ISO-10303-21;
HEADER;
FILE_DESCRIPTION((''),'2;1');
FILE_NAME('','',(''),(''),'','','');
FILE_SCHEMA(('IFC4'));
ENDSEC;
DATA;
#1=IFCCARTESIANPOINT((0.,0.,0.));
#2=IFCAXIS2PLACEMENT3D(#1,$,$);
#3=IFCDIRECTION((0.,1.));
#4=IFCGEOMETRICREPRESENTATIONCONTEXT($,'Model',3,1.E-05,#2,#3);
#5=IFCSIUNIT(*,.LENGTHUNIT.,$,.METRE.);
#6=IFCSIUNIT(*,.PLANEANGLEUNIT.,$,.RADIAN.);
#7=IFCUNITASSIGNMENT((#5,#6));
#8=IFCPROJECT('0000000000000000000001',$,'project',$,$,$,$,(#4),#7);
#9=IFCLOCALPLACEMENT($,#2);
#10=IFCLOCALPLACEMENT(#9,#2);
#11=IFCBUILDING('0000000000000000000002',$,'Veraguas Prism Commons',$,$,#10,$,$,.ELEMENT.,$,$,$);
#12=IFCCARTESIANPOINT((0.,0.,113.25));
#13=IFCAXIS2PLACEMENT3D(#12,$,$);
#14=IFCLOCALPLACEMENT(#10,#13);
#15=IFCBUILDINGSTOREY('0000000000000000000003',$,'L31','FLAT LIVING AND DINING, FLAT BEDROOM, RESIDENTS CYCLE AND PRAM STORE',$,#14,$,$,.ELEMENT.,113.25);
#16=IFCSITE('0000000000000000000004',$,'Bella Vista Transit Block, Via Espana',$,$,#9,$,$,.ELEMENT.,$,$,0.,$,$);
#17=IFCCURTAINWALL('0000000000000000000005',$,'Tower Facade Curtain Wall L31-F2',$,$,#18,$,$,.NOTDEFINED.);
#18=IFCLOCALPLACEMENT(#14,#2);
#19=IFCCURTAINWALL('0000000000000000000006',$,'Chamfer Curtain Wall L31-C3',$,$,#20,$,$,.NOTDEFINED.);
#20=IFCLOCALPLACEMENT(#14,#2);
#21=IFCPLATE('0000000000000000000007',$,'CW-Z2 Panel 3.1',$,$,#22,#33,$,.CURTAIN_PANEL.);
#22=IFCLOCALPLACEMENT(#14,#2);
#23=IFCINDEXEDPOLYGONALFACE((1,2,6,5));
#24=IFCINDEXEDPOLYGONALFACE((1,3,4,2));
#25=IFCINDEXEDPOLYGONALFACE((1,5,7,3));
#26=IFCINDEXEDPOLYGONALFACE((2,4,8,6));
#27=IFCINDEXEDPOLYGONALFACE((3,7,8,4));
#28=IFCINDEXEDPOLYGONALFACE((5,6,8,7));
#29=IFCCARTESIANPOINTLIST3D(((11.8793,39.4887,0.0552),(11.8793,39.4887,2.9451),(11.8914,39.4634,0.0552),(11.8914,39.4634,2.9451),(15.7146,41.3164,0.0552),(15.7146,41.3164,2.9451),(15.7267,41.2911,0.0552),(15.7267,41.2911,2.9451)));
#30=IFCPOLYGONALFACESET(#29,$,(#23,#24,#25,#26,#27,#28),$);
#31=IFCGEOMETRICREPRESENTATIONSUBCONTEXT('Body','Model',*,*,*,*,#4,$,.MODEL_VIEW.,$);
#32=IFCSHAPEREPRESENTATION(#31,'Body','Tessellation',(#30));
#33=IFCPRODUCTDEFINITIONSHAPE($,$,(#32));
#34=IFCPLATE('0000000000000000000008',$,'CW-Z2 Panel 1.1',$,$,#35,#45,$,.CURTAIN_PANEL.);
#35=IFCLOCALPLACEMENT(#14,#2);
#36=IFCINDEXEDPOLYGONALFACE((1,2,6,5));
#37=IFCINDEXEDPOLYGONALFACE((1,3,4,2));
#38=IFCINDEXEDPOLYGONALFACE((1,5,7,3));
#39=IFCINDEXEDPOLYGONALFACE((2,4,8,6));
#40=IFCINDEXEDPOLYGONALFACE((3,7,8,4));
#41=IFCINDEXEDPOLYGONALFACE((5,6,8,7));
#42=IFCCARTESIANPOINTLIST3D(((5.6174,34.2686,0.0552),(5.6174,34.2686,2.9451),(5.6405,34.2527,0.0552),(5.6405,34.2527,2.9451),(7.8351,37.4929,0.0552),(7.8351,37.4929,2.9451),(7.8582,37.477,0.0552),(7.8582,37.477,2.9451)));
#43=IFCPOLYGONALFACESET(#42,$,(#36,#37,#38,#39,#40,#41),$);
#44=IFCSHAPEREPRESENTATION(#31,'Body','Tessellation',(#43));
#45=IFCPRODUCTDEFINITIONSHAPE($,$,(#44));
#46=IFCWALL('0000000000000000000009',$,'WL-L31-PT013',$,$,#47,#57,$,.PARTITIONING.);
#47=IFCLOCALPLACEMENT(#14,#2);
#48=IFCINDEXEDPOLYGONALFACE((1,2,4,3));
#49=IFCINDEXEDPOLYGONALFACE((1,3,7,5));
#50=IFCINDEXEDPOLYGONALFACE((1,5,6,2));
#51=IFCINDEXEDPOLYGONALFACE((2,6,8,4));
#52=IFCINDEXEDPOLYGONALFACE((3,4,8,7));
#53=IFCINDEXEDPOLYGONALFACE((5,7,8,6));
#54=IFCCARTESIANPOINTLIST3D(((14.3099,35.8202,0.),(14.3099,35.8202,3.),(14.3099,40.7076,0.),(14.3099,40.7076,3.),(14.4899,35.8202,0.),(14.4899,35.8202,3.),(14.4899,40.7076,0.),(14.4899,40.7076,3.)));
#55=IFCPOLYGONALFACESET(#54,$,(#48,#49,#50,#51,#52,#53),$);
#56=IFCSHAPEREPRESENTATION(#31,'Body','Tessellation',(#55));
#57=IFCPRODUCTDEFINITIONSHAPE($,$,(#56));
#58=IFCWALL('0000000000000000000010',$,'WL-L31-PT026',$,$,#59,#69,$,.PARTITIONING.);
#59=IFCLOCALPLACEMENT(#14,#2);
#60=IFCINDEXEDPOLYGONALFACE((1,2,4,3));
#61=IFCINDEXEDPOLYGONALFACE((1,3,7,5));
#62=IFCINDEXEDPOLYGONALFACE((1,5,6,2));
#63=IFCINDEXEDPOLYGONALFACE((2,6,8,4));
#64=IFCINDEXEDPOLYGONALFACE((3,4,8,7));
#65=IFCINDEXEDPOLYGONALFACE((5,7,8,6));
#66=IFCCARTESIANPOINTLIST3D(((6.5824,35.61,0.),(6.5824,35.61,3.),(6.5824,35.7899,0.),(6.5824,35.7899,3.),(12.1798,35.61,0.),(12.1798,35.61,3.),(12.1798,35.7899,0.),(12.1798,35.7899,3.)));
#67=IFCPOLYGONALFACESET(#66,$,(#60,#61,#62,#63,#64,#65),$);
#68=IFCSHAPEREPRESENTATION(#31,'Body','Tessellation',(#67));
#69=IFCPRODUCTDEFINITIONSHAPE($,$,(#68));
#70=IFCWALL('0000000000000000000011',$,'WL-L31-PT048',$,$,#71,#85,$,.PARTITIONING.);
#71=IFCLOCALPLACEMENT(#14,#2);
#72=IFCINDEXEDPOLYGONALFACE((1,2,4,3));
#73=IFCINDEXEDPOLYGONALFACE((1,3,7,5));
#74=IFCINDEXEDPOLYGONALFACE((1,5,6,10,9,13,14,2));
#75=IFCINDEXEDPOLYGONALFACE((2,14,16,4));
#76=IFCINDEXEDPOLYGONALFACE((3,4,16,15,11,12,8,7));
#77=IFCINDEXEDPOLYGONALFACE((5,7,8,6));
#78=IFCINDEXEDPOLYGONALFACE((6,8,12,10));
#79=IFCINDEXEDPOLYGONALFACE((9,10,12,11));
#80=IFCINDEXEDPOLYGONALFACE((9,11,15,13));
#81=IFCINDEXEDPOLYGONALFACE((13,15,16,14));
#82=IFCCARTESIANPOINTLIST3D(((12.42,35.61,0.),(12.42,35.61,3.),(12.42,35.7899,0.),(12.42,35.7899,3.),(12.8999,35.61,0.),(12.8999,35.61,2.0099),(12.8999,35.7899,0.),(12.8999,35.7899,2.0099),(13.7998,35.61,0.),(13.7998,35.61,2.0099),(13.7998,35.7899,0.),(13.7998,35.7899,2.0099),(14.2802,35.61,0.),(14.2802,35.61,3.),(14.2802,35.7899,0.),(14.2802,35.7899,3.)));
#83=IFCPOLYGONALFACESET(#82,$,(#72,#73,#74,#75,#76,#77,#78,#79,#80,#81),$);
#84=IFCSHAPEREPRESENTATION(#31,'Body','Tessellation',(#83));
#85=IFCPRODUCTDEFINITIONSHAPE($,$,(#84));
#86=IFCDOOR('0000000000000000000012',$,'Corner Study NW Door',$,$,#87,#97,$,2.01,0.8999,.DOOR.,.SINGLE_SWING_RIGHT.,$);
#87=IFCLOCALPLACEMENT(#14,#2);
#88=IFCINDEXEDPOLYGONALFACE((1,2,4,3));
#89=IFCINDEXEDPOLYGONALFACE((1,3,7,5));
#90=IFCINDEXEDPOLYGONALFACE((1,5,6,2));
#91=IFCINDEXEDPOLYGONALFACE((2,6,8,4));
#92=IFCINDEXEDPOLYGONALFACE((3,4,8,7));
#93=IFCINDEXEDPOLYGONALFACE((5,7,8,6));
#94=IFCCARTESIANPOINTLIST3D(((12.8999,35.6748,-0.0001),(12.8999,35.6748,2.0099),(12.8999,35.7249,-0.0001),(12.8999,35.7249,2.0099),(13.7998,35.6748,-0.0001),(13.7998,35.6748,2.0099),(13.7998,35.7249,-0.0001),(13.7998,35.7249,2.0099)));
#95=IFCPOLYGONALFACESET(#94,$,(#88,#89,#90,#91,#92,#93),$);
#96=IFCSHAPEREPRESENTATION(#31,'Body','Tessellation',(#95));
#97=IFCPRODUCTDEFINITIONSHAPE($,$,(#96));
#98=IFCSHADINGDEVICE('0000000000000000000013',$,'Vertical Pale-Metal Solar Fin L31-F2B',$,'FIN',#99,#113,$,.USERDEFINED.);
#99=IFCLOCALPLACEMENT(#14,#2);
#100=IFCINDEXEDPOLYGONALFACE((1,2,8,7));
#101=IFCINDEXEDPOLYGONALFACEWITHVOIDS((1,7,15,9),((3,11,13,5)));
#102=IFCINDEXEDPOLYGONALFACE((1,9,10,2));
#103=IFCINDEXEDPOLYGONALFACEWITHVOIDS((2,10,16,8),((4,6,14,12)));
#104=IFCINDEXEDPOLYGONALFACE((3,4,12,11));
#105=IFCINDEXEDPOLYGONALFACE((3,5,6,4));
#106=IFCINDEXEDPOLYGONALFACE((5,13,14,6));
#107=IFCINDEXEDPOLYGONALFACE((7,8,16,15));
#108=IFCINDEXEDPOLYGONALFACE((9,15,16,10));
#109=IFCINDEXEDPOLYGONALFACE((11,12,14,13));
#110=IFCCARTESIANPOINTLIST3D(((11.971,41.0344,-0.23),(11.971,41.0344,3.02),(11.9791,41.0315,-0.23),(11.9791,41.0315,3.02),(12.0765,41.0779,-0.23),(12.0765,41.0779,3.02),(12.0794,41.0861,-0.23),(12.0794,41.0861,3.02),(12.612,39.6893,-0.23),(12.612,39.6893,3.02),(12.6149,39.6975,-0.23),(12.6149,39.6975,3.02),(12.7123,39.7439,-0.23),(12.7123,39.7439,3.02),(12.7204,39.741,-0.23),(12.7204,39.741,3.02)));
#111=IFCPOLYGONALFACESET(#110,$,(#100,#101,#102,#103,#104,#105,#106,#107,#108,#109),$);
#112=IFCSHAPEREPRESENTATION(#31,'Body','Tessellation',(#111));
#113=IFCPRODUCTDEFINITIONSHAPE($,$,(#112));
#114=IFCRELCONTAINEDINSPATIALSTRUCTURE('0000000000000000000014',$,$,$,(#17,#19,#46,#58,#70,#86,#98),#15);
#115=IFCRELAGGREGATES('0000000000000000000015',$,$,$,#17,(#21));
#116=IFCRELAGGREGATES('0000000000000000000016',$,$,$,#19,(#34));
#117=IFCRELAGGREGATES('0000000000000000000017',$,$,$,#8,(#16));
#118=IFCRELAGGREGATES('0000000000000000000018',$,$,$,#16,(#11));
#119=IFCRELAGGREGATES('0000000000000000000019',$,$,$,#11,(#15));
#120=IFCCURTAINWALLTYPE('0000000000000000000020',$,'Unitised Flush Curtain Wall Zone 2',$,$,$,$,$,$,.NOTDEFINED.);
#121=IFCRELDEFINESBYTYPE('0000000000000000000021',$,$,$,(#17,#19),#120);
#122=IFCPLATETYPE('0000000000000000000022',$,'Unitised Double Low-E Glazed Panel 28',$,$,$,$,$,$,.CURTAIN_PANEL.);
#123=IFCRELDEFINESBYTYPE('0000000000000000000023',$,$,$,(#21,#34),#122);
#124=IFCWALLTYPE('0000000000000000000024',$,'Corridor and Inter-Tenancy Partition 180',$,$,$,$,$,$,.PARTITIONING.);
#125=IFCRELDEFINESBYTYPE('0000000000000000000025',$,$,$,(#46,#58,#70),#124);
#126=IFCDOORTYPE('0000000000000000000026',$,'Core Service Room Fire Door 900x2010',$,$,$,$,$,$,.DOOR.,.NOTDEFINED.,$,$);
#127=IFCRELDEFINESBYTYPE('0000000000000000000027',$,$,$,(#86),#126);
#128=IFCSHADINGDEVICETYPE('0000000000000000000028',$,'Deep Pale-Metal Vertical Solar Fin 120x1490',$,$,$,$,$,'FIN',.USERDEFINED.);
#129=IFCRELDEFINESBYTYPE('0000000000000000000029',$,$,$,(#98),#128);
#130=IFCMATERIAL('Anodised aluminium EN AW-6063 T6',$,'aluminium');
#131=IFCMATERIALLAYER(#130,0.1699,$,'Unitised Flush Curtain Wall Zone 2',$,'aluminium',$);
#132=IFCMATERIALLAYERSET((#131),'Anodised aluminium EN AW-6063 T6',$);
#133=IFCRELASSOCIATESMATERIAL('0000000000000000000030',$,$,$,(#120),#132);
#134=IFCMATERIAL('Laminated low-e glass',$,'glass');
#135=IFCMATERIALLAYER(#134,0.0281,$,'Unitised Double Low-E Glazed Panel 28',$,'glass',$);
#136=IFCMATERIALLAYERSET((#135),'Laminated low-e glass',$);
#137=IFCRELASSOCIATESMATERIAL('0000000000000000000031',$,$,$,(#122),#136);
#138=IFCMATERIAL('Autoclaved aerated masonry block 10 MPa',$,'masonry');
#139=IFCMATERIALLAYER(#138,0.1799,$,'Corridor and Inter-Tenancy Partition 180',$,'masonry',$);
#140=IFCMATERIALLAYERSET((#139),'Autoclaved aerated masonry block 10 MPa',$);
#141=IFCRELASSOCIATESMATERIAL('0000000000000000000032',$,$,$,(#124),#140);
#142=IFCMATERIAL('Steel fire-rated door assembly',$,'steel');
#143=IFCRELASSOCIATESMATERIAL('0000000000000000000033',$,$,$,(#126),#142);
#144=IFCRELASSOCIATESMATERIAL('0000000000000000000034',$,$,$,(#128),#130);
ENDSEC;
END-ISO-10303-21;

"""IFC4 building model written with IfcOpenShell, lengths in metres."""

from ifc_helpers import new_model, si_unit, direction, frame, frame_2d, origin, origin_2d, place, context, subcontext, project, spatial, rectangle, hollow_rectangle, extrude, source, transform, mapped, material, layer, layer_set, material_profile, profile_set, type_object, element, fill, aggregate, save


model = new_model("IFC4")

# Units and contexts
model_context = context("Model", 3, precision=1e-05, world=origin(), true_north=direction((0.0, 1.0)))
body_context = subcontext(model_context, "Body", "Model", "MODEL_VIEW")
ifc_project = project(units=[si_unit("LENGTHUNIT", "METRE"), si_unit("PLANEANGLEUNIT", "RADIAN")], contexts=[model_context])

# Site, building, storey
site_placement = place(None, origin())
site = spatial("IfcSite", under=ifc_project, at=site_placement, Name="Bella Vista Transit Block, Via Espana", CompositionType="ELEMENT", RefElevation=0.0)
building_placement = place(site_placement, origin())
building = spatial("IfcBuilding", under=site, at=building_placement, Name="Veraguas Prism Commons", CompositionType="ELEMENT")
storey_placement = place(building_placement, frame((0.0, 0.0, 113.25)))
storey = spatial("IfcBuildingStorey", under=building, at=storey_placement, Name="L31", Description="FLAT LIVING AND DINING, FLAT BEDROOM, RESIDENTS CYCLE AND PRAM STORE", CompositionType="ELEMENT", Elevation=113.25)

# Curtain wall
ifc_material_1 = material(Name="Anodised aluminium EN AW-6063 T6", Category="aluminium")
ifc_layer_1 = layer(ifc_material_1, 0.1699, Name="Unitised Flush Curtain Wall Zone 2", Category="aluminium")
ifc_layer_set_1 = layer_set([ifc_layer_1], Name="Anodised aluminium EN AW-6063 T6")
curtain_wall_type = type_object("IfcCurtainWallType", Name="Unitised Flush Curtain Wall Zone 2", PredefinedType="NOTDEFINED", material=ifc_layer_set_1)
curtain_wall_1_placement = place(storey_placement, origin())
curtain_wall_1 = element("IfcCurtainWall", 1, at=curtain_wall_1_placement, inside=storey, type_object=curtain_wall_type, Name="Tower Facade Curtain Wall L31-F2", PredefinedType="NOTDEFINED")

# Curtain wall
curtain_wall_2_placement = place(storey_placement, origin())
curtain_wall_2 = element("IfcCurtainWall", 2, at=curtain_wall_2_placement, inside=storey, type_object=curtain_wall_type, Name="Chamfer Curtain Wall L31-C3", PredefinedType="NOTDEFINED")

# Plates
ifc_material_2 = material(Name="Laminated low-e glass", Category="glass")
ifc_layer_2 = layer(ifc_material_2, 0.0281, Name="Unitised Double Low-E Glazed Panel 28", Category="glass")
ifc_layer_set_2 = layer_set([ifc_layer_2], Name="Laminated low-e glass")
plate_type = type_object("IfcPlateType", Name="Unitised Double Low-E Glazed Panel 28", PredefinedType="CURTAIN_PANEL", material=ifc_layer_set_2)
shared_shape_1 = source(origin(), body_context, "Body", "SweptSolid", [
    extrude(rectangle(XDim=4.2485, YDim=0.0281, at=origin_2d()), origin(), (0.0, 0.0, 1.0), 2.8899),
])
plate_1_placement = place(storey_placement, frame((13.803, 40.3899, 0.0552), z_axis=(0.0, 0.0, 1.0), x_axis=(-0.902734, -0.430199, 0.0)))
plate_1 = element("IfcPlate", 3, at=plate_1_placement, type_object=plate_type, Name="CW-Z2 Panel 3.1", PredefinedType="CURTAIN_PANEL", context=body_context, shape_type="MappedRepresentation", body=[
    mapped(shared_shape_1, transform((0.0, 0.0, 0.0), scale=1.0)),
])
aggregate(curtain_wall_1, [plate_1])
shared_shape_2 = source(origin(), body_context, "Body", "SweptSolid", [
    extrude(rectangle(XDim=3.9133, YDim=0.0281, at=origin_2d()), origin(), (0.0, 0.0, 1.0), 2.8899),
])
plate_2_placement = place(storey_placement, frame((6.7378, 35.8728, 0.0552), z_axis=(0.0, 0.0, 1.0), x_axis=(-0.566692, -0.823929, 0.0)))
plate_2 = element("IfcPlate", 4, at=plate_2_placement, type_object=plate_type, Name="CW-Z2 Panel 1.1", PredefinedType="CURTAIN_PANEL", context=body_context, shape_type="MappedRepresentation", body=[
    mapped(shared_shape_2, transform((0.0, 0.0, 0.0), scale=1.0)),
])
aggregate(curtain_wall_2, [plate_2])

# Walls
ifc_material_3 = material(Name="Autoclaved aerated masonry block 10 MPa", Category="masonry")
ifc_layer_3 = layer(ifc_material_3, 0.1799, Name="Corridor and Inter-Tenancy Partition 180", Category="masonry")
ifc_layer_set_3 = layer_set([ifc_layer_3], Name="Autoclaved aerated masonry block 10 MPa")
wall_type = type_object("IfcWallType", Name="Corridor and Inter-Tenancy Partition 180", PredefinedType="PARTITIONING", material=ifc_layer_set_3)
wall_1_placement = place(storey_placement, frame((14.3999, 35.8201, 0.0), z_axis=(0.0, 0.0, 1.0), x_axis=(0.0, 1.0, 0.0)))
element("IfcWall", 5, at=wall_1_placement, inside=storey, type_object=wall_type, Name="WL-L31-PT013", PredefinedType="PARTITIONING", context=body_context, shape_type="SweptSolid", body=[
    extrude(rectangle(XDim=4.8875, YDim=0.1799, at=frame_2d((2.4438, 0.0))), origin(), (0.0, 0.0, 1.0), 3.0),
])
wall_2_placement = place(storey_placement, frame((12.1799, 35.7, 0.0), z_axis=(0.0, 0.0, 1.0), x_axis=(-1.0, 0.0, 0.0)))
element("IfcWall", 6, at=wall_2_placement, inside=storey, type_object=wall_type, Name="WL-L31-PT026", PredefinedType="PARTITIONING", context=body_context, shape_type="SweptSolid", body=[
    extrude(rectangle(XDim=5.5974, YDim=0.1799, at=frame_2d((2.7988, 0.0))), origin(), (0.0, 0.0, 1.0), 3.0),
])

# Wall, opening, door
wall_3_placement = place(storey_placement, frame((12.4199, 35.7, 0.0), z_axis=(0.0, 0.0, 1.0), x_axis=(1.0, 0.0, 0.0)))
wall_3 = element("IfcWall", 7, at=wall_3_placement, inside=storey, type_object=wall_type, Name="WL-L31-PT048", PredefinedType="PARTITIONING", context=body_context, shape_type="SweptSolid", body=[
    extrude(rectangle(XDim=1.8601, YDim=0.1799, at=frame_2d((0.9302, 0.0))), origin(), (0.0, 0.0, 1.0), 3.0),
])
opening_placement = place(wall_3_placement, frame((0.48, 0.0, 0.0)))
opening = element("IfcOpeningElement", 8, at=opening_placement, cuts=wall_3, PredefinedType="OPENING", context=body_context, shape_type="SweptSolid", body=[
    extrude(rectangle(XDim=0.8999, YDim=2.01, at=frame_2d((0.45, 1.0049))), frame((0.0, 0.0999, 0.0), z_axis=(0.0, -1.0, 0.0), x_axis=(1.0, 0.0, 0.0)), (0.0, 0.0, 1.0), 0.2),
])
ifc_material_4 = material(Name="Steel fire-rated door assembly", Category="steel")
door_type = type_object("IfcDoorType", Name="Core Service Room Fire Door 900x2010", OperationType="NOTDEFINED", PredefinedType="DOOR", material=ifc_material_4)
shared_shape_3 = source(origin(), body_context, "Body", "SweptSolid", [
    extrude(rectangle(XDim=0.8999, YDim=2.01, at=frame_2d((0.45, 1.0049))), frame((0.0, 0.0249, 0.0), z_axis=(0.0, -1.0, 0.0), x_axis=(1.0, 0.0, 0.0)), (0.0, 0.0, 1.0), 0.05),
])
door_placement = place(opening_placement, origin())
door = element("IfcDoor", 9, at=door_placement, inside=storey, type_object=door_type, Name="Corner Study NW Door", OperationType="SINGLE_SWING_RIGHT", OverallHeight=2.01, OverallWidth=0.8999, PredefinedType="DOOR", context=body_context, shape_type="MappedRepresentation", body=[
    mapped(shared_shape_3, transform((0.0, 0.0, 0.0), scale=1.0)),
])
fill(opening, door)

# Shading device
ifc_material_profile_1 = material_profile(ifc_material_1, hollow_rectangle(XDim=0.1201, YDim=1.49, WallThickness=0.0061, at=origin_2d()), Name="FIN120X1490X6")
ifc_profile_set_1 = profile_set([ifc_material_profile_1], Name="Anodised aluminium EN AW-6063 T6")
shading_device_type = type_object("IfcShadingDeviceType", Name="Deep Pale-Metal Vertical Solar Fin 120x1490", ElementType="FIN", PredefinedType="USERDEFINED", material=ifc_profile_set_1)
shading_device_placement = place(storey_placement, frame((12.3457, 40.3877, -0.23), z_axis=(0.0, 0.0, 1.0), x_axis=(-0.902735, -0.430198, 0.0)))
element("IfcShadingDevice", 10, at=shading_device_placement, inside=storey, type_object=shading_device_type, Name="Vertical Pale-Metal Solar Fin L31-F2B", ObjectType="FIN", PredefinedType="USERDEFINED", context=body_context, shape_type="SweptSolid", body=[
    extrude(hollow_rectangle(XDim=0.1201, YDim=1.49, WallThickness=0.0061, at=origin_2d()), origin(), (0.0, 0.0, 1.0), 3.25),
])

save(model, "model.ifc")
